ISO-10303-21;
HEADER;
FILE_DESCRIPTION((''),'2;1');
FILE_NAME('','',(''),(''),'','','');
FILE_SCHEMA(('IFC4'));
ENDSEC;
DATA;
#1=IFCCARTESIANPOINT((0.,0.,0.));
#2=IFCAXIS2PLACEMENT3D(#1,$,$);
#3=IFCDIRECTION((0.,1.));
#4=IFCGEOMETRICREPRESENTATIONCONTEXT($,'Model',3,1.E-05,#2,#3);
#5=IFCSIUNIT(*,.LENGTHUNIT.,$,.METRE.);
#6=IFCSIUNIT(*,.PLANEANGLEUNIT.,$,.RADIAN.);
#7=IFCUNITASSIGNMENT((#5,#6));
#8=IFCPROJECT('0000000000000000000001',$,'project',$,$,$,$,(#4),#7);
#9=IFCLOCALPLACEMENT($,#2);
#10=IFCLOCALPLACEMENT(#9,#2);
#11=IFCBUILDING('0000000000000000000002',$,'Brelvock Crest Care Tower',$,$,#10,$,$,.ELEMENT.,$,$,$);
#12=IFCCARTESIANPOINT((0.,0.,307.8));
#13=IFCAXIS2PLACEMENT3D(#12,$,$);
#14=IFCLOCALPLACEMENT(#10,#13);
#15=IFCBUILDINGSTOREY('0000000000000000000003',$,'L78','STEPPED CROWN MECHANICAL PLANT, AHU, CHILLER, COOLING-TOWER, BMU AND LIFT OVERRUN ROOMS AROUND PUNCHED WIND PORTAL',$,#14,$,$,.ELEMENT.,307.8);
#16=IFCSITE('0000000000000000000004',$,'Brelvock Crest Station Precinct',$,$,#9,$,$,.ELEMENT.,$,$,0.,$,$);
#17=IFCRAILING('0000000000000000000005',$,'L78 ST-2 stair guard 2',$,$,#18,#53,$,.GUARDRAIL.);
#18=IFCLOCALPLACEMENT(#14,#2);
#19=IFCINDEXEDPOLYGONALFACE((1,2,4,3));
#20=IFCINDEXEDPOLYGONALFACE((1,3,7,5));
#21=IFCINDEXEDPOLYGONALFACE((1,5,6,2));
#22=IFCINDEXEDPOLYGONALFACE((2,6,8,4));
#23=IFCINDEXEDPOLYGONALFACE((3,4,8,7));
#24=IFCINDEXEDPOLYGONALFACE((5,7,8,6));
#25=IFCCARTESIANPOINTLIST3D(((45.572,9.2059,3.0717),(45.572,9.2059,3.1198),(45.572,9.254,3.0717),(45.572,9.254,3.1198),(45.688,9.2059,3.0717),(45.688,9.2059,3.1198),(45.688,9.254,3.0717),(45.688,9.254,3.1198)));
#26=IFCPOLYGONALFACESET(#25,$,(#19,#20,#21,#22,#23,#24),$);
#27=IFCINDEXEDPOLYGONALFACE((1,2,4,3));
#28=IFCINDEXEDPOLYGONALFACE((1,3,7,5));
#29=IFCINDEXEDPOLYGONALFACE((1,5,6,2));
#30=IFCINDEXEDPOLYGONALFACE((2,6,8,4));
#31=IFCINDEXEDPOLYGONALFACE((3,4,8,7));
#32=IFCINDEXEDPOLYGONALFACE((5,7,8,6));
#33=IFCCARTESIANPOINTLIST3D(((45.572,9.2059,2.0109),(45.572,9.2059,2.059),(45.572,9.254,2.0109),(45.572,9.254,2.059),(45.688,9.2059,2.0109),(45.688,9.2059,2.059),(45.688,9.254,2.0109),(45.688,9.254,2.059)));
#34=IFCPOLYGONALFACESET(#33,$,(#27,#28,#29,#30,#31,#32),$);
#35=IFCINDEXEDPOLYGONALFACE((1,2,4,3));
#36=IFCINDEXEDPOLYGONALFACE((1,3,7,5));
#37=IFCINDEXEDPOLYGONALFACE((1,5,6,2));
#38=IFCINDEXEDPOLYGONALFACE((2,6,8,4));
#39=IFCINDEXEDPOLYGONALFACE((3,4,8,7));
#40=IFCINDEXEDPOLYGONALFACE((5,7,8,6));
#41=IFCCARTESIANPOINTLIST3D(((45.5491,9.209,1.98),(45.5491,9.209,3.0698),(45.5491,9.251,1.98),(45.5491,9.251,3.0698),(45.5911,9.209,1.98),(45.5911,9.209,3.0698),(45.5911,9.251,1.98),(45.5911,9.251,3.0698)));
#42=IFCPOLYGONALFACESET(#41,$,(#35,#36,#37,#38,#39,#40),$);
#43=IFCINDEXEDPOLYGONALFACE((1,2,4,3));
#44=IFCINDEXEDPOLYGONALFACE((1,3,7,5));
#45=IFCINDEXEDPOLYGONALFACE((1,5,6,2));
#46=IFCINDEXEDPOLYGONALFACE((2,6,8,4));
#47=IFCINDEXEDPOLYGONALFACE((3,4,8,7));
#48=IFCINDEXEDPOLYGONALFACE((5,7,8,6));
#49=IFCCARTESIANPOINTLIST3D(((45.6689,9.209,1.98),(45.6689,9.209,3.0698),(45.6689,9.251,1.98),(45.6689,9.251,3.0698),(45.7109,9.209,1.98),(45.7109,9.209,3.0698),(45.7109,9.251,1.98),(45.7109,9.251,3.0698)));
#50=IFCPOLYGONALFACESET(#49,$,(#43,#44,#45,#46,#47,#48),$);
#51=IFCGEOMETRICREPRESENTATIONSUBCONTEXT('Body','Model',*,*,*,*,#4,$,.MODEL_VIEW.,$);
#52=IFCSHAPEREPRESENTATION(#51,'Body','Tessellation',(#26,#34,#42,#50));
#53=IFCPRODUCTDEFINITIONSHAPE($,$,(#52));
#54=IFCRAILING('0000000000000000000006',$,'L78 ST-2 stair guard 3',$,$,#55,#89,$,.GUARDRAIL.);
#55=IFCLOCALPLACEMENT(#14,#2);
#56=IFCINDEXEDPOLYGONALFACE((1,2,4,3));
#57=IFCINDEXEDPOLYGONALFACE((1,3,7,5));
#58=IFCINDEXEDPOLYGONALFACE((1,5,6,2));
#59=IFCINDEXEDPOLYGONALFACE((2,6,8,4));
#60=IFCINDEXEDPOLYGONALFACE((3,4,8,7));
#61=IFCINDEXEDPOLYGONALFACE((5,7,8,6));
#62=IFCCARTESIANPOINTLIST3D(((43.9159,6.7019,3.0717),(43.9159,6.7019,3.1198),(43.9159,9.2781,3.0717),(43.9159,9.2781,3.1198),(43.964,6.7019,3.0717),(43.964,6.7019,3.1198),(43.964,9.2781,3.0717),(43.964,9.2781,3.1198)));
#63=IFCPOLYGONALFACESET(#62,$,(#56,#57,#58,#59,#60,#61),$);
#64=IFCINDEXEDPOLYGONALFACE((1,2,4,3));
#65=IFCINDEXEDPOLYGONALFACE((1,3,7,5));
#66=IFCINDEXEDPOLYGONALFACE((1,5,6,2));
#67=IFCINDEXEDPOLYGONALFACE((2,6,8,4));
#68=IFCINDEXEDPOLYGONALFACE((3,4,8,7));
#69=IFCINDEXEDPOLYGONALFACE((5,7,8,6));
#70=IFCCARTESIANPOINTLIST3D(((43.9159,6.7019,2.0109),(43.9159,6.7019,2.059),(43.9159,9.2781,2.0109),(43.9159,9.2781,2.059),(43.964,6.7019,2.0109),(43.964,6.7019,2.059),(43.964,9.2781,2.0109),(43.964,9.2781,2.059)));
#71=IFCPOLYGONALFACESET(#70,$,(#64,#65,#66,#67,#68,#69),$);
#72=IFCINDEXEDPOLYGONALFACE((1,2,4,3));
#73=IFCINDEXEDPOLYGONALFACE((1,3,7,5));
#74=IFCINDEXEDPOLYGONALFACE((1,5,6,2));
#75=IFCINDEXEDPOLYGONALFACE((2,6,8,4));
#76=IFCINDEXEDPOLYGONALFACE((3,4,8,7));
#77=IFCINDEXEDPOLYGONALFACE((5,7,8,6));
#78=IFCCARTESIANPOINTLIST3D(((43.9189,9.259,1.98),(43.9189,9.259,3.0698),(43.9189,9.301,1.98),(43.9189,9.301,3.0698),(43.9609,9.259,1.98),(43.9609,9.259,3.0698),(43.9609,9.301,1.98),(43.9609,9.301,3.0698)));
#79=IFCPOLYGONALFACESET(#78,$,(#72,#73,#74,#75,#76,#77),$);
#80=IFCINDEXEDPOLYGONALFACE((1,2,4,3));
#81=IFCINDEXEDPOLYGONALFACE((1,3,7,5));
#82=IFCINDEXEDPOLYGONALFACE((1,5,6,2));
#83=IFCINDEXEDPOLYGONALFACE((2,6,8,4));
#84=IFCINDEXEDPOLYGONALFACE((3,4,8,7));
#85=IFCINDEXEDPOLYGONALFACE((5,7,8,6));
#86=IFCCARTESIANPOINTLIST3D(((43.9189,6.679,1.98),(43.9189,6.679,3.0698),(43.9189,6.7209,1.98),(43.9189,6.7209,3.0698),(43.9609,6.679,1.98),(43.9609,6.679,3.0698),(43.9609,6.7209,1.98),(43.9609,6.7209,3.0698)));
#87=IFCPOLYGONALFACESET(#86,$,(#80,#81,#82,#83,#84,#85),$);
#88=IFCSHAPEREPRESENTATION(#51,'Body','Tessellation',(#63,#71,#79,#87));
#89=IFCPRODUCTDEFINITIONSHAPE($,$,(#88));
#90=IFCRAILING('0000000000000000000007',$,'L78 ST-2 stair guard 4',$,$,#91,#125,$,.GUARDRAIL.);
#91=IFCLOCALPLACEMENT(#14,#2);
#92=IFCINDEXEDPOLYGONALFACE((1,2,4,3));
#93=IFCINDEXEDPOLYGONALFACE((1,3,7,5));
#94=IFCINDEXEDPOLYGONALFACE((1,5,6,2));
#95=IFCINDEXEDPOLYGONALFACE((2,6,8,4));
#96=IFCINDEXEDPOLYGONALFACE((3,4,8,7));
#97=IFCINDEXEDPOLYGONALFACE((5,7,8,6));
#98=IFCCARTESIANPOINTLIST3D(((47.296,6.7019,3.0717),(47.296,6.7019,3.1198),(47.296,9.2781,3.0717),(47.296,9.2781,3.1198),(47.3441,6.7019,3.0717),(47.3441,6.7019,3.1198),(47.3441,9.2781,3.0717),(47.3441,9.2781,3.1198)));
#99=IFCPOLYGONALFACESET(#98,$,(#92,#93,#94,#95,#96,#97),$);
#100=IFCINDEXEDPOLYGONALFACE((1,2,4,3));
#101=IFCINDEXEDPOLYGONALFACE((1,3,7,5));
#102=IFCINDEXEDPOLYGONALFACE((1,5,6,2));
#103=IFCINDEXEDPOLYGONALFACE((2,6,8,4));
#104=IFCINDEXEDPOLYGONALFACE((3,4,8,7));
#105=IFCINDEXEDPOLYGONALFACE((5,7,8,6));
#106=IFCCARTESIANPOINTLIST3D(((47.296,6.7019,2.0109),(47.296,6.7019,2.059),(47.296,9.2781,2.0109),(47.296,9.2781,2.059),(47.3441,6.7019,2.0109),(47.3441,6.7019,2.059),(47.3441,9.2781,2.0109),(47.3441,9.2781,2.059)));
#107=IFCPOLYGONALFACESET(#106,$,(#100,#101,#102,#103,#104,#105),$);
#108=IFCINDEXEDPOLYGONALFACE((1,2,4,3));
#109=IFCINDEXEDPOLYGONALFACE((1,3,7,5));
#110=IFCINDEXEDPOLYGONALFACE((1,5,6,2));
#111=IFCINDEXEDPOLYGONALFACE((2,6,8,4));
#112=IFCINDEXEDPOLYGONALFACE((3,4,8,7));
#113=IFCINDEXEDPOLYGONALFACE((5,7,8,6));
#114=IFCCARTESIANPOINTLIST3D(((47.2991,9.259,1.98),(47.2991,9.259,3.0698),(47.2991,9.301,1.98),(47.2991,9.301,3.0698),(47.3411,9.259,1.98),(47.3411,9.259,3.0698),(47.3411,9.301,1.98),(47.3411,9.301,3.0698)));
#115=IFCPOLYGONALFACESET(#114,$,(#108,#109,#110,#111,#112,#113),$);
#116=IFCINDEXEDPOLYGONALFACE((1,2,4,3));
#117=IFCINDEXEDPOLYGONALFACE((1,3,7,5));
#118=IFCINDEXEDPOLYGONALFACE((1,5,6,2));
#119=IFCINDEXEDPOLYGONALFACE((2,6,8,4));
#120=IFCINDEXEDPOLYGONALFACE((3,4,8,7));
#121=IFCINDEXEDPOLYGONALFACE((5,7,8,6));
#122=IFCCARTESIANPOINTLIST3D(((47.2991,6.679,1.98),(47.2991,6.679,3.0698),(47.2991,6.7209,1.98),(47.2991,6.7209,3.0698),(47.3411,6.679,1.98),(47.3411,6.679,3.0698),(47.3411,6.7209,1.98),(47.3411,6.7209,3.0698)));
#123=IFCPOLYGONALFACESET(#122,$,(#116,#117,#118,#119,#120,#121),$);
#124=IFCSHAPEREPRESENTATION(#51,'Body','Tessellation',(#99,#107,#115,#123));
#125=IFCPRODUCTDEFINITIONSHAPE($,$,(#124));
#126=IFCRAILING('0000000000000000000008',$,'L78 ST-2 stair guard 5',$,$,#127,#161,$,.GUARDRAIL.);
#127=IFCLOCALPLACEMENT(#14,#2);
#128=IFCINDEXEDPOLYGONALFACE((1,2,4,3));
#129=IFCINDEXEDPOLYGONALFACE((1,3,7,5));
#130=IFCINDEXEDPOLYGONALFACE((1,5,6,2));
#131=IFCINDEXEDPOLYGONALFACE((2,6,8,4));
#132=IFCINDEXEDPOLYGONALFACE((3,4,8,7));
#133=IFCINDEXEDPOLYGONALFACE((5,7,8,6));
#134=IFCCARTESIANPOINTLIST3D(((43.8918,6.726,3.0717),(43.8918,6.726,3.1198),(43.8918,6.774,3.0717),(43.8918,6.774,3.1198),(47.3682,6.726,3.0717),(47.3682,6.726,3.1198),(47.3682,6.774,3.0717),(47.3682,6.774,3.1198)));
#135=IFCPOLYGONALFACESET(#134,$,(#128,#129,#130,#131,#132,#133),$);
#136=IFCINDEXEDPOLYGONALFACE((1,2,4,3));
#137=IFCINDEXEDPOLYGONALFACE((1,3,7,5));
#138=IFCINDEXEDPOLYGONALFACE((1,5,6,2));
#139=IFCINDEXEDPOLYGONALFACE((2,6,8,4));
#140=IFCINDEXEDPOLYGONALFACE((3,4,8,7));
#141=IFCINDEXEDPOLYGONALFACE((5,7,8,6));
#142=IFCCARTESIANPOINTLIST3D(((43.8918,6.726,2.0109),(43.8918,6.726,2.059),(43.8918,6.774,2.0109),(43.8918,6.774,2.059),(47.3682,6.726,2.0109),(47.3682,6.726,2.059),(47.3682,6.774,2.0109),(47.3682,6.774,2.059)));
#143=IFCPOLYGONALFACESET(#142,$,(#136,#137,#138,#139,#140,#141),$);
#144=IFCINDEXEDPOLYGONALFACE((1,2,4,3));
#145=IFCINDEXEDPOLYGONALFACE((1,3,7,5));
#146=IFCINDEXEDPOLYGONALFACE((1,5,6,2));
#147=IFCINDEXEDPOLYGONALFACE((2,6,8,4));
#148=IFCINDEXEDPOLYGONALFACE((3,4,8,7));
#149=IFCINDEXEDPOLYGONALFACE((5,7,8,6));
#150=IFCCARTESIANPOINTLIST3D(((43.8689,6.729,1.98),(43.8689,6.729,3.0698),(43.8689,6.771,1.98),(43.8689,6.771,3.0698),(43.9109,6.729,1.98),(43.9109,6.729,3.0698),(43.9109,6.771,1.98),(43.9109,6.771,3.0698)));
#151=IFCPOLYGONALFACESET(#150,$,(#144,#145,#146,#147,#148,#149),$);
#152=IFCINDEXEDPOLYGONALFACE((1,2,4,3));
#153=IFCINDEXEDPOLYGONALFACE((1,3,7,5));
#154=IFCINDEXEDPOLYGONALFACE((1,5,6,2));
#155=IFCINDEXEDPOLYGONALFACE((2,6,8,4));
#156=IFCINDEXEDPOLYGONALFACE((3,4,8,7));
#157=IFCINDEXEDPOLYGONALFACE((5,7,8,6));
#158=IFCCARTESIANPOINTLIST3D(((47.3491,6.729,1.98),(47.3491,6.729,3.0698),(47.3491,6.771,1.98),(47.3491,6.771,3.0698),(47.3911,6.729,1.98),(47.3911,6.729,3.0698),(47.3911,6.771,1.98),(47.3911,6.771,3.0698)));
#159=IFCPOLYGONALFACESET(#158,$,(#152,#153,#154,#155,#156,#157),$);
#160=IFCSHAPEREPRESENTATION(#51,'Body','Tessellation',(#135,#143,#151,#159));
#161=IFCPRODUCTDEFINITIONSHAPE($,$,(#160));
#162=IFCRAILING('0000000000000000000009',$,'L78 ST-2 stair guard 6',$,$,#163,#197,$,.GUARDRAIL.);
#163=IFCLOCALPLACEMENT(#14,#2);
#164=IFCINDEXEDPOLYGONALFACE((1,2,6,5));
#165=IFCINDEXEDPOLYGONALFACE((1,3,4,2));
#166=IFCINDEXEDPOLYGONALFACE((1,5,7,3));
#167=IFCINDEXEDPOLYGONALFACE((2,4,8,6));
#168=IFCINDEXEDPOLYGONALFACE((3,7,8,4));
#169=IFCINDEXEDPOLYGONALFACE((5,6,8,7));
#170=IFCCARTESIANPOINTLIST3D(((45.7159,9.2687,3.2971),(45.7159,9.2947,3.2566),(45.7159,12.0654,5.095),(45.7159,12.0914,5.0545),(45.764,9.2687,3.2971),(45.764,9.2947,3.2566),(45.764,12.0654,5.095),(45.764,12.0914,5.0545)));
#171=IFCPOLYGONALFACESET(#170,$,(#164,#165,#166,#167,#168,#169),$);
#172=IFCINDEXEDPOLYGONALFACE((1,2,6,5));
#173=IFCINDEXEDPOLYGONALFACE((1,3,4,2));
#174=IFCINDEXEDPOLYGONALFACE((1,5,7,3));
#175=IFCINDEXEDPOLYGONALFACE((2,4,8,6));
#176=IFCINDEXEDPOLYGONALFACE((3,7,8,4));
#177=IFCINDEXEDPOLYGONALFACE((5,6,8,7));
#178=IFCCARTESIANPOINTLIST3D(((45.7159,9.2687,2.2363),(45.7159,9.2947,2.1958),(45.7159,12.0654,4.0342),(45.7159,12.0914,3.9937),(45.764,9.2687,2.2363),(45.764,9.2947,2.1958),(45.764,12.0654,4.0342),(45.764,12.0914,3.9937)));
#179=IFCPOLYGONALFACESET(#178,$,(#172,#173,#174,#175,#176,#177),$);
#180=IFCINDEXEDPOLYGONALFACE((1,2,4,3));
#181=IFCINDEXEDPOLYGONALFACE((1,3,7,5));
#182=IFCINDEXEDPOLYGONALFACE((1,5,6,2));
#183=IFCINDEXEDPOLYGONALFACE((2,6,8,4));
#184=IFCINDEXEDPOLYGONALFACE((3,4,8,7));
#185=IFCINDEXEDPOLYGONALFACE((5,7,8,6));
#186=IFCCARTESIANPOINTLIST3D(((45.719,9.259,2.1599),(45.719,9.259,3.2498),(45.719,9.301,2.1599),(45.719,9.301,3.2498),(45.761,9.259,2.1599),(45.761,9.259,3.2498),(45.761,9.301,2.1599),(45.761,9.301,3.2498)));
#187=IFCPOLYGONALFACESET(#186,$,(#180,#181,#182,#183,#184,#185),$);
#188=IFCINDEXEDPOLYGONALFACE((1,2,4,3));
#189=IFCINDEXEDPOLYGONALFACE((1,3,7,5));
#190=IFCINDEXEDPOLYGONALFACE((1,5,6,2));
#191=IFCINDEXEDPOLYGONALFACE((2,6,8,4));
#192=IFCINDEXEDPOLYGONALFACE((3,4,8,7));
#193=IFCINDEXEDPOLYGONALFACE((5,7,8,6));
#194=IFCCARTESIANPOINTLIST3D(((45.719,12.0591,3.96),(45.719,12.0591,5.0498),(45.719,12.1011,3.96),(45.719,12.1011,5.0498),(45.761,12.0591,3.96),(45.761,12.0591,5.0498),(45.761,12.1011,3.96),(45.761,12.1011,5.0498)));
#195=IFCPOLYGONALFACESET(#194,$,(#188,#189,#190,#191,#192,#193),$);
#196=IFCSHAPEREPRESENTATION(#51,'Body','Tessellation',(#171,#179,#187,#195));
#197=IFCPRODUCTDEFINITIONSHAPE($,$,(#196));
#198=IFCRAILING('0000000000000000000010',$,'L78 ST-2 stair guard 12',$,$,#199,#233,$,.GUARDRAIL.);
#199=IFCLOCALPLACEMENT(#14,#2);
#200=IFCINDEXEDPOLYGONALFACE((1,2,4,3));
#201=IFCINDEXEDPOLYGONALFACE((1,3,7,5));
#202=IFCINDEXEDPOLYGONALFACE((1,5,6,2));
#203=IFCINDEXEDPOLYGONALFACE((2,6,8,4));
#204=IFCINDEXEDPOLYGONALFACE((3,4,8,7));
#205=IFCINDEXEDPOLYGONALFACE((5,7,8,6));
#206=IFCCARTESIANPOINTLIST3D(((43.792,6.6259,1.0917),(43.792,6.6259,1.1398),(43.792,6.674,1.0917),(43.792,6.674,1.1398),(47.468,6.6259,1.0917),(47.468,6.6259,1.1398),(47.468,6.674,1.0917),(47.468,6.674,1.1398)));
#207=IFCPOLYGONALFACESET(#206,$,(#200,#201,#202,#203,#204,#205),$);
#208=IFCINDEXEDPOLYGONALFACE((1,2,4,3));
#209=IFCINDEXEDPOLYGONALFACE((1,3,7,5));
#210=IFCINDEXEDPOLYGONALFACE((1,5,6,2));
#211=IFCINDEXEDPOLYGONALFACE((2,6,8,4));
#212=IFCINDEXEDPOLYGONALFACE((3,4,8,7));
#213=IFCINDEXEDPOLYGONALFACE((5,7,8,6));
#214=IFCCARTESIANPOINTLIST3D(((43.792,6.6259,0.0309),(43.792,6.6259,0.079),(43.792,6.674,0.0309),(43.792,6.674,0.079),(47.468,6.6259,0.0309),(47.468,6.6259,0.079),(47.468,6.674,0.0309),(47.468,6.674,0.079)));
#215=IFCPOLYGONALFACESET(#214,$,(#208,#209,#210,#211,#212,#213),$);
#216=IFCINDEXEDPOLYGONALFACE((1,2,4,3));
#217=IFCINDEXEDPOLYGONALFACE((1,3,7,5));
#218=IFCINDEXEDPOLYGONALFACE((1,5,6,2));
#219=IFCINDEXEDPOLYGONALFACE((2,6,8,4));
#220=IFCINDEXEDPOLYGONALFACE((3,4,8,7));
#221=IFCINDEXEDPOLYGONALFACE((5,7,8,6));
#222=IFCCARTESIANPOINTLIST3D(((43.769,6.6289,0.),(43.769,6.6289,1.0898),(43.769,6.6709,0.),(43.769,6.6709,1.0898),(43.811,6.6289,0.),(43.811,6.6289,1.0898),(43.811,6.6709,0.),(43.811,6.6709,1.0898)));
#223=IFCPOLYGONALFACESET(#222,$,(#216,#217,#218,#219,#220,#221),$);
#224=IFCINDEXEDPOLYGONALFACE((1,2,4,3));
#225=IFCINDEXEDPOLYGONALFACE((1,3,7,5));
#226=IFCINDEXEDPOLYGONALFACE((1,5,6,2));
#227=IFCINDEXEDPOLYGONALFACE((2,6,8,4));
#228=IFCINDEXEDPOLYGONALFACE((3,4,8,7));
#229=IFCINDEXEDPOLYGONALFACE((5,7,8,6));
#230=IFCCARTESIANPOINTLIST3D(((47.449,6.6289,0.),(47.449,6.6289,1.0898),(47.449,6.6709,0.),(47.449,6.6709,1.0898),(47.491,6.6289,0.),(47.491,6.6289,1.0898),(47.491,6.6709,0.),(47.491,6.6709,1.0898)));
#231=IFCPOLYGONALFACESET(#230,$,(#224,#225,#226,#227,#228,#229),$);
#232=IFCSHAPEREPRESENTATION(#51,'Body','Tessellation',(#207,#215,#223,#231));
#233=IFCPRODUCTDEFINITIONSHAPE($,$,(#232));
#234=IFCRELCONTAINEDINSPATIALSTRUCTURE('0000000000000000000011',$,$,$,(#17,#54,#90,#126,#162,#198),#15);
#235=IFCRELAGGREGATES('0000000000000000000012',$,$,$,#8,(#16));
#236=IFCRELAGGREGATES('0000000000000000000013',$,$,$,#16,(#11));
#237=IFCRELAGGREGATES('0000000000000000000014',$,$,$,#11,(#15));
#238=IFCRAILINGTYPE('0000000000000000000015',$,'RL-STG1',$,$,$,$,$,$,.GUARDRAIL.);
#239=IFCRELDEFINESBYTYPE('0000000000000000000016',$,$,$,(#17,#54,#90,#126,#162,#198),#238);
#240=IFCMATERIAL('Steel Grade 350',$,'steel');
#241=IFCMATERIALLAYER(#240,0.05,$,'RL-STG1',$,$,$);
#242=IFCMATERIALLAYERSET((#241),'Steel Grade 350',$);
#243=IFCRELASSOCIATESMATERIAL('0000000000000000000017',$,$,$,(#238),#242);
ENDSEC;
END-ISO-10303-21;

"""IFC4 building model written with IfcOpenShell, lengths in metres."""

from ifc_helpers import new_model, si_unit, direction, frame, origin, origin_2d, place, context, subcontext, project, spatial, rectangle, extrude, material, layer, layer_set, type_object, element, save


model = new_model("IFC4")

# Units and contexts
model_context = context("Model", 3, precision=1e-05, world=origin(), true_north=direction((0.0, 1.0)))
body_context = subcontext(model_context, "Body", "Model", "MODEL_VIEW")
ifc_project = project(units=[si_unit("LENGTHUNIT", "METRE"), si_unit("PLANEANGLEUNIT", "RADIAN")], contexts=[model_context])

# Site, building, storey
site_placement = place(None, origin())
site = spatial("IfcSite", under=ifc_project, at=site_placement, Name="Brelvock Crest Station Precinct", CompositionType="ELEMENT", RefElevation=0.0)
building_placement = place(site_placement, origin())
building = spatial("IfcBuilding", under=site, at=building_placement, Name="Brelvock Crest Care Tower", CompositionType="ELEMENT")
storey_placement = place(building_placement, frame((0.0, 0.0, 307.8)))
storey = spatial("IfcBuildingStorey", under=building, at=storey_placement, Name="L78", Description="STEPPED CROWN MECHANICAL PLANT, AHU, CHILLER, COOLING-TOWER, BMU AND LIFT OVERRUN ROOMS AROUND PUNCHED WIND PORTAL", CompositionType="ELEMENT", Elevation=307.8)

# Shared definitions
ifc_material_1 = material(Name="Steel Grade 350", Category="steel")

# Railings
ifc_layer_1 = layer(ifc_material_1, 0.05, Name="RL-STG1")
ifc_layer_set_1 = layer_set([ifc_layer_1], Name="Steel Grade 350")
railing_type_1 = type_object("IfcRailingType", Name="RL-STG1", PredefinedType="GUARDRAIL", material=ifc_layer_set_1)
railing_1_placement = place(storey_placement, frame((45.5701, 9.23, 1.98)))
element("IfcRailing", 1, at=railing_1_placement, inside=storey, type_object=railing_type_1, Name="L78 ST-2 stair guard 2", PredefinedType="GUARDRAIL", context=body_context, shape_type="SweptSolid", body=[
    extrude(rectangle(XDim=0.0481, YDim=0.0481, at=origin_2d()), frame((0.002, 0.0, 1.1157), z_axis=(1.0, 0.0, 0.0), x_axis=(0.0, 1.0, 0.0)), (0.0, 0.0, 1.0), 0.116),
    extrude(rectangle(XDim=0.0481, YDim=0.0481, at=origin_2d()), frame((0.002, 0.0, 0.0549), z_axis=(1.0, 0.0, 0.0), x_axis=(0.0, 1.0, 0.0)), (0.0, 0.0, 1.0), 0.116),
    extrude(rectangle(XDim=0.042, YDim=0.042, at=origin_2d()), origin(), (0.0, 0.0, 1.0), 1.0898),
    extrude(rectangle(XDim=0.042, YDim=0.042, at=origin_2d()), frame((0.1199, 0.0, 0.0)), (0.0, 0.0, 1.0), 1.0898),
])
for number, where, name in (
    (2, (43.9399, 9.28, 1.98), "L78 ST-2 stair guard 3"),
    (3, (47.3201, 9.28, 1.98), "L78 ST-2 stair guard 4"),
):
    element("IfcRailing", number, at=place(storey_placement, frame(where)), inside=storey, type_object=railing_type_1, Name=name, PredefinedType="GUARDRAIL", context=body_context, shape_type="SweptSolid", body=[
        extrude(rectangle(XDim=0.0481, YDim=0.0481, at=origin_2d()), frame((0.0, -0.002, 1.1157), z_axis=(0.0, -1.0, 0.0), x_axis=(1.0, 0.0, 0.0)), (0.0, 0.0, 1.0), 2.5762),
        extrude(rectangle(XDim=0.0481, YDim=0.0481, at=origin_2d()), frame((0.0, -0.002, 0.0549), z_axis=(0.0, -1.0, 0.0), x_axis=(1.0, 0.0, 0.0)), (0.0, 0.0, 1.0), 2.5762),
        extrude(rectangle(XDim=0.042, YDim=0.042, at=origin_2d()), origin(), (0.0, 0.0, 1.0), 1.0898),
        extrude(rectangle(XDim=0.042, YDim=0.042, at=origin_2d()), frame((0.0, -2.5801, 0.0)), (0.0, 0.0, 1.0), 1.0898),
    ])
railing_2_placement = place(storey_placement, frame((43.8899, 6.75, 1.98)))
element("IfcRailing", 4, at=railing_2_placement, inside=storey, type_object=railing_type_1, Name="L78 ST-2 stair guard 5", PredefinedType="GUARDRAIL", context=body_context, shape_type="SweptSolid", body=[
    extrude(rectangle(XDim=0.0481, YDim=0.0481, at=origin_2d()), frame((0.002, 0.0, 1.1157), z_axis=(1.0, 0.0, 0.0), x_axis=(0.0, 1.0, 0.0)), (0.0, 0.0, 1.0), 3.4763),
    extrude(rectangle(XDim=0.0481, YDim=0.0481, at=origin_2d()), frame((0.002, 0.0, 0.0549), z_axis=(1.0, 0.0, 0.0), x_axis=(0.0, 1.0, 0.0)), (0.0, 0.0, 1.0), 3.4763),
    extrude(rectangle(XDim=0.042, YDim=0.042, at=origin_2d()), origin(), (0.0, 0.0, 1.0), 1.0898),
    extrude(rectangle(XDim=0.042, YDim=0.042, at=origin_2d()), frame((3.4802, 0.0, 0.0)), (0.0, 0.0, 1.0), 1.0898),
])
railing_3_placement = place(storey_placement, frame((45.74, 9.28, 2.1599)))
element("IfcRailing", 5, at=railing_3_placement, inside=storey, type_object=railing_type_1, Name="L78 ST-2 stair guard 6", PredefinedType="GUARDRAIL", context=body_context, shape_type="SweptSolid", body=[
    extrude(rectangle(XDim=0.0481, YDim=0.0481, at=origin_2d()), frame((0.0, 0.0017, 1.1169), z_axis=(0.0, 0.841176, 0.540761), x_axis=(-1.0, 0.0, 0.0)), (0.0, 0.0, 1.0), 3.3247),
    extrude(rectangle(XDim=0.0481, YDim=0.0481, at=origin_2d()), frame((0.0, 0.0017, 0.0562), z_axis=(0.0, 0.841176, 0.540761), x_axis=(-1.0, 0.0, 0.0)), (0.0, 0.0, 1.0), 3.3247),
    extrude(rectangle(XDim=0.042, YDim=0.042, at=origin_2d()), origin(), (0.0, 0.0, 1.0), 1.0898),
    extrude(rectangle(XDim=0.042, YDim=0.042, at=origin_2d()), frame((0.0, 2.8, 1.8)), (0.0, 0.0, 1.0), 1.0898),
])
railing_4_placement = place(storey_placement, frame((43.79, 6.6499, 0.0)))
element("IfcRailing", 6, at=railing_4_placement, inside=storey, type_object=railing_type_1, Name="L78 ST-2 stair guard 12", PredefinedType="GUARDRAIL", context=body_context, shape_type="SweptSolid", body=[
    extrude(rectangle(XDim=0.0481, YDim=0.0481, at=origin_2d()), frame((0.002, 0.0, 1.1157), z_axis=(1.0, 0.0, 0.0), x_axis=(0.0, 1.0, 0.0)), (0.0, 0.0, 1.0), 3.676),
    extrude(rectangle(XDim=0.0481, YDim=0.0481, at=origin_2d()), frame((0.002, 0.0, 0.0549), z_axis=(1.0, 0.0, 0.0), x_axis=(0.0, 1.0, 0.0)), (0.0, 0.0, 1.0), 3.676),
    extrude(rectangle(XDim=0.042, YDim=0.042, at=origin_2d()), origin(), (0.0, 0.0, 1.0), 1.0898),
    extrude(rectangle(XDim=0.042, YDim=0.042, at=origin_2d()), frame((3.6799, 0.0, 0.0)), (0.0, 0.0, 1.0), 1.0898),
])

save(model, "model.ifc")
